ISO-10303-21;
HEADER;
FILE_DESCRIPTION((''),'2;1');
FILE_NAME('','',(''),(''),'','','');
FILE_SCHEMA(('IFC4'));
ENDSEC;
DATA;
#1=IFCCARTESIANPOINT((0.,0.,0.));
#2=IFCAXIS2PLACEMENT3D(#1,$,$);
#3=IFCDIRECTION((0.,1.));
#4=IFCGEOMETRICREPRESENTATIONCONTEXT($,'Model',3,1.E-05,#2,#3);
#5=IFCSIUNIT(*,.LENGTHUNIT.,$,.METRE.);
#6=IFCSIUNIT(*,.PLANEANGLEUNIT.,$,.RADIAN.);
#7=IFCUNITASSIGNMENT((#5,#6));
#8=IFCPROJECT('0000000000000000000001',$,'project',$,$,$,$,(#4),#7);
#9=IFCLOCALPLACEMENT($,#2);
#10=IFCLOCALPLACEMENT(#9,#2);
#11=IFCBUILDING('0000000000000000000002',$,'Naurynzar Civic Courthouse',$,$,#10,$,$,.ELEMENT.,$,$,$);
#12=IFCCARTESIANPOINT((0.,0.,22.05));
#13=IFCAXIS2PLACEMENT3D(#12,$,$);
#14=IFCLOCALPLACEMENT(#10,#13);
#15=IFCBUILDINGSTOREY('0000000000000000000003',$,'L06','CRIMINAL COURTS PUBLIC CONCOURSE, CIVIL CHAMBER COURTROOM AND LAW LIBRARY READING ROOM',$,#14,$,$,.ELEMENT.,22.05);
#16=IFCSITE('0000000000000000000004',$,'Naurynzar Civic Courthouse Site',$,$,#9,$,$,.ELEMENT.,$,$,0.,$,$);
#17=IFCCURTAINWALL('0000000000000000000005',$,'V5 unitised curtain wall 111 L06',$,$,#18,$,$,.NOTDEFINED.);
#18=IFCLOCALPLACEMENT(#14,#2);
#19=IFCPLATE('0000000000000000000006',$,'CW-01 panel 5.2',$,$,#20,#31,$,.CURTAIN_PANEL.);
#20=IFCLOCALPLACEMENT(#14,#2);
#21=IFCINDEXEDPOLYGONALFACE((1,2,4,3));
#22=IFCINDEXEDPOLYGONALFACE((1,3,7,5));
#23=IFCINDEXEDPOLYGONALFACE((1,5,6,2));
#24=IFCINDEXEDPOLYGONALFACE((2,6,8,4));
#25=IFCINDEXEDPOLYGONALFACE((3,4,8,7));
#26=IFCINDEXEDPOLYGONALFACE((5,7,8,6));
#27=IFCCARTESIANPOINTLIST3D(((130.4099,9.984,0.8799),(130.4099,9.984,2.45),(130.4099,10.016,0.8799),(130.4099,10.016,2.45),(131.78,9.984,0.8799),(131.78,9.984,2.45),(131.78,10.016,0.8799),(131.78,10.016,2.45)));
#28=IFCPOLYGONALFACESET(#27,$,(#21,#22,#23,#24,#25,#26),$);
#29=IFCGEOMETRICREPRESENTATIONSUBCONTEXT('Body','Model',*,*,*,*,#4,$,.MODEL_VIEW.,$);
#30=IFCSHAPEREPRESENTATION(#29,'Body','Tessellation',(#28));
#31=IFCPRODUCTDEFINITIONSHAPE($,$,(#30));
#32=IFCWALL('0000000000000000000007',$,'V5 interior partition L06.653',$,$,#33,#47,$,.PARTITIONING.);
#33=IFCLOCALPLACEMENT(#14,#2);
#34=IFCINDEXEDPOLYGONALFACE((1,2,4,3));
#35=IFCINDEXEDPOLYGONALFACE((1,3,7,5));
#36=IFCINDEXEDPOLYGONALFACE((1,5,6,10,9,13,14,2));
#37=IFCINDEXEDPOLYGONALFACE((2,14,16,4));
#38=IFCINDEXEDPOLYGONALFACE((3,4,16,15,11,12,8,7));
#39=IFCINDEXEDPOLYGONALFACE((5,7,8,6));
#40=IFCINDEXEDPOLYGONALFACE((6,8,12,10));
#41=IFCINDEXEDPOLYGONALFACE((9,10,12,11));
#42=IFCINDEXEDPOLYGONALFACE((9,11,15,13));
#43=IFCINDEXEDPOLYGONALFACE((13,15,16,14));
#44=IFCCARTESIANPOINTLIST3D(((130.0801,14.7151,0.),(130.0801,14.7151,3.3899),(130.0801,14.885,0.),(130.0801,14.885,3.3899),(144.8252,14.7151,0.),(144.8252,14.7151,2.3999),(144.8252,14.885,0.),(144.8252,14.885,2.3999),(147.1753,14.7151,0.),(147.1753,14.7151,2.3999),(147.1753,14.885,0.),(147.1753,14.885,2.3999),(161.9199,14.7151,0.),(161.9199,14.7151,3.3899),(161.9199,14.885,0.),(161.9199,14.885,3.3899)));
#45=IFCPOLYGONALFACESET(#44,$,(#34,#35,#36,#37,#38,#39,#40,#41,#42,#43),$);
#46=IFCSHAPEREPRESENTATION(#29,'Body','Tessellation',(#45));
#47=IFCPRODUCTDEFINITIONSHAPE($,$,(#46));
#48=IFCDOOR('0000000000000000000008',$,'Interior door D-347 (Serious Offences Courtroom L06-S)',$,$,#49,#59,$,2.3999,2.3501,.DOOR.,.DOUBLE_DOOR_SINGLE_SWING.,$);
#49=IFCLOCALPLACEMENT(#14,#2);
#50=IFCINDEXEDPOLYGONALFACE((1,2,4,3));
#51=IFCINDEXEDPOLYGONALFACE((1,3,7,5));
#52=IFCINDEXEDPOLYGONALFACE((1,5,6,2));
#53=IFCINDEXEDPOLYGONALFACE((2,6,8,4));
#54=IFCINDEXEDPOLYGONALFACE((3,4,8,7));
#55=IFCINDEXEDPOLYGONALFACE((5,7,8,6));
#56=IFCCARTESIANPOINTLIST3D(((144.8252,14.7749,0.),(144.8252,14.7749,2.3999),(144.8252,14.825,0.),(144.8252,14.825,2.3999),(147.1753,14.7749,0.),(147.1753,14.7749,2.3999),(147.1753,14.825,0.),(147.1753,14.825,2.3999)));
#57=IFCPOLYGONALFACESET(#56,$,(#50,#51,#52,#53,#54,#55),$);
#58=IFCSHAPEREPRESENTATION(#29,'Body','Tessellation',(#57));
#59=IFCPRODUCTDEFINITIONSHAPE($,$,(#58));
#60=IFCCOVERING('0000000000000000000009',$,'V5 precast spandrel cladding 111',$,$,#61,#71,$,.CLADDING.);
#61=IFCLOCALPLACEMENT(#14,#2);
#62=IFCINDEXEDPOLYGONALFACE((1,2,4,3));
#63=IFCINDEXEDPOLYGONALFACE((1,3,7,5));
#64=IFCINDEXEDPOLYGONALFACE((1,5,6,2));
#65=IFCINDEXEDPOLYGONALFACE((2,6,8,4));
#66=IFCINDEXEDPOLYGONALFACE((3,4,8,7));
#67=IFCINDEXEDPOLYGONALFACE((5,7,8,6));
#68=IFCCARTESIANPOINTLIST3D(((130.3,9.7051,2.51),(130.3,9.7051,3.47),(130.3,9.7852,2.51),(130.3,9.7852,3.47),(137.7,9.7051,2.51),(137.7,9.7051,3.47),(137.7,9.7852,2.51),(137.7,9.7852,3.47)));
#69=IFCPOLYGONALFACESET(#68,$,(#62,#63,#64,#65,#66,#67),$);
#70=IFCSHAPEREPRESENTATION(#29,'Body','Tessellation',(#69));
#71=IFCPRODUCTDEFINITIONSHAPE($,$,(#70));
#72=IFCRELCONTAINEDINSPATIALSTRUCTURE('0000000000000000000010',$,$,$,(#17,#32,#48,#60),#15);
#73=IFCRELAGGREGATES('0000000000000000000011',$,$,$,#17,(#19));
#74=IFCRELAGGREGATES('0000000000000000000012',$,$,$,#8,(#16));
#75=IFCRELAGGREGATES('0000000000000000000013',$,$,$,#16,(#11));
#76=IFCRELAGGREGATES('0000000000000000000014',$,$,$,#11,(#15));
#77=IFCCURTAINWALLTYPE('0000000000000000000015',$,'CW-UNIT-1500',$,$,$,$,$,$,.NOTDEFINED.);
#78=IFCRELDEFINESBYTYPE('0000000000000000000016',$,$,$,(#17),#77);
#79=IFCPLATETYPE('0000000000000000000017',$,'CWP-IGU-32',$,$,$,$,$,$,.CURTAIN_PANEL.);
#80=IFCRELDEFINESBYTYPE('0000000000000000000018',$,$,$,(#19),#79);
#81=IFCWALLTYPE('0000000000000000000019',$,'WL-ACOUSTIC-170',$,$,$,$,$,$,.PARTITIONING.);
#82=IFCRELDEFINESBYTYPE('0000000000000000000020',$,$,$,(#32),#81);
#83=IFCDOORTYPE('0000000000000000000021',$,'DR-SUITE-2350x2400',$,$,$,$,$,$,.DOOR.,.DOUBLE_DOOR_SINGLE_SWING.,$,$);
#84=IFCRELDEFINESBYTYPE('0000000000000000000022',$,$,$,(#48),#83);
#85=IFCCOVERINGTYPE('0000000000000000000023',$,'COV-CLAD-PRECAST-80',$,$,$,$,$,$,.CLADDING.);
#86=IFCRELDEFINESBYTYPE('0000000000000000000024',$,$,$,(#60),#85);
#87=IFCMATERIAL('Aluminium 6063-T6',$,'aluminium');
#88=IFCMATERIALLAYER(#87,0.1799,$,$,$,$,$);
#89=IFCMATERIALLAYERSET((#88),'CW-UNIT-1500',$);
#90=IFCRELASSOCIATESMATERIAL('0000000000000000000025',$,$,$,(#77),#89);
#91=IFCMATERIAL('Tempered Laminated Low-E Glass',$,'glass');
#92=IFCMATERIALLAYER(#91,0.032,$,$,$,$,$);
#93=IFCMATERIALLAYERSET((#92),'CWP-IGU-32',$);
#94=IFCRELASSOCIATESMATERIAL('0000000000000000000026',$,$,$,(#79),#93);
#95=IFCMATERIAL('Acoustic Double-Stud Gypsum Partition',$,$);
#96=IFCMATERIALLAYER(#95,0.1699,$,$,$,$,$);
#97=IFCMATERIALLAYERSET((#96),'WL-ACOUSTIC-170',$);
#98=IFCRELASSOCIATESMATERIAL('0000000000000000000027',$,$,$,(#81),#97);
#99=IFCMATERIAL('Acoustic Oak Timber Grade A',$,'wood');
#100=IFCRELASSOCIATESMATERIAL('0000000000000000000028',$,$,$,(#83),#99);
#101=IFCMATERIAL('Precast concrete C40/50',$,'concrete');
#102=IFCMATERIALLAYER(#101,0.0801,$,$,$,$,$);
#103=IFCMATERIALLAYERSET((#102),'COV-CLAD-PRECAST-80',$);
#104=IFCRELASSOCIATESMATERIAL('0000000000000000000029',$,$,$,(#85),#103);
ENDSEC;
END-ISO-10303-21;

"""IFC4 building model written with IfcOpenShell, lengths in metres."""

from ifc_helpers import new_model, si_unit, direction, frame, frame_2d, origin, origin_2d, place, context, subcontext, project, spatial, rectangle, extrude, material, layer, layer_set, type_object, element, fill, aggregate, save


model = new_model("IFC4")

# Units and contexts
model_context = context("Model", 3, precision=1e-05, world=origin(), true_north=direction((0.0, 1.0)))
body_context = subcontext(model_context, "Body", "Model", "MODEL_VIEW")
ifc_project = project(units=[si_unit("LENGTHUNIT", "METRE"), si_unit("PLANEANGLEUNIT", "RADIAN")], contexts=[model_context])

# Site, building, storey
site_placement = place(None, origin())
site = spatial("IfcSite", under=ifc_project, at=site_placement, Name="Naurynzar Civic Courthouse Site", CompositionType="ELEMENT", RefElevation=0.0)
building_placement = place(site_placement, origin())
building = spatial("IfcBuilding", under=site, at=building_placement, Name="Naurynzar Civic Courthouse", CompositionType="ELEMENT")
storey_placement = place(building_placement, frame((0.0, 0.0, 22.05)))
storey = spatial("IfcBuildingStorey", under=building, at=storey_placement, Name="L06", Description="CRIMINAL COURTS PUBLIC CONCOURSE, CIVIL CHAMBER COURTROOM AND LAW LIBRARY READING ROOM", CompositionType="ELEMENT", Elevation=22.05)

# Curtain wall
ifc_material_1 = material(Name="Aluminium 6063-T6", Category="aluminium")
ifc_layer_1 = layer(ifc_material_1, 0.1799)
ifc_layer_set_1 = layer_set([ifc_layer_1], Name="CW-UNIT-1500")
curtain_wall_type = type_object("IfcCurtainWallType", Name="CW-UNIT-1500", PredefinedType="NOTDEFINED", material=ifc_layer_set_1)
curtain_wall_1_placement = place(storey_placement, origin())
curtain_wall_1 = element("IfcCurtainWall", 1, at=curtain_wall_1_placement, inside=storey, type_object=curtain_wall_type, Name="V5 unitised curtain wall 111 L06", PredefinedType="NOTDEFINED")

# Plate
ifc_material_2 = material(Name="Tempered Laminated Low-E Glass", Category="glass")
ifc_layer_2 = layer(ifc_material_2, 0.032)
ifc_layer_set_2 = layer_set([ifc_layer_2], Name="CWP-IGU-32")
plate_type = type_object("IfcPlateType", Name="CWP-IGU-32", PredefinedType="CURTAIN_PANEL", material=ifc_layer_set_2)
plate_1_placement = place(storey_placement, frame((131.095, 10.0, 0.8799), z_axis=(0.0, 0.0, 1.0), x_axis=(-1.0, 0.0, 0.0)))
plate_1 = element("IfcPlate", 2, at=plate_1_placement, type_object=plate_type, Name="CW-01 panel 5.2", PredefinedType="CURTAIN_PANEL", context=body_context, shape_type="SweptSolid", body=[
    extrude(rectangle(XDim=1.3701, YDim=0.032, at=origin_2d()), origin(), (0.0, 0.0, 1.0), 1.5701),
])
aggregate(curtain_wall_1, [plate_1])

# Wall, opening, door
ifc_material_3 = material(Name="Acoustic Double-Stud Gypsum Partition")
ifc_layer_3 = layer(ifc_material_3, 0.1699)
ifc_layer_set_3 = layer_set([ifc_layer_3], Name="WL-ACOUSTIC-170")
wall_type = type_object("IfcWallType", Name="WL-ACOUSTIC-170", PredefinedType="PARTITIONING", material=ifc_layer_set_3)
wall_placement = place(storey_placement, frame((130.0801, 14.8, 0.0), z_axis=(0.0, 0.0, 1.0), x_axis=(1.0, 0.0, 0.0)))
wall = element("IfcWall", 3, at=wall_placement, inside=storey, type_object=wall_type, Name="V5 interior partition L06.653", PredefinedType="PARTITIONING", context=body_context, shape_type="SweptSolid", body=[
    extrude(rectangle(XDim=31.8398, YDim=0.1699, at=frame_2d((15.9199, 0.0))), origin(), (0.0, 0.0, 1.0), 3.3899),
])
opening_placement = place(wall_placement, frame((14.7451, 0.0, 0.0)))
opening = element("IfcOpeningElement", 4, at=opening_placement, cuts=wall, PredefinedType="OPENING", context=body_context, shape_type="SweptSolid", body=[
    extrude(rectangle(XDim=2.3501, YDim=2.3999, at=frame_2d((1.175, 1.2))), frame((0.0, 0.095, 0.0), z_axis=(0.0, -1.0, 0.0), x_axis=(1.0, 0.0, 0.0)), (0.0, 0.0, 1.0), 0.1899),
])
ifc_material_4 = material(Name="Acoustic Oak Timber Grade A", Category="wood")
door_type = type_object("IfcDoorType", Name="DR-SUITE-2350x2400", OperationType="DOUBLE_DOOR_SINGLE_SWING", PredefinedType="DOOR", material=ifc_material_4)
door_placement = place(opening_placement, origin())
door = element("IfcDoor", 5, at=door_placement, inside=storey, type_object=door_type, Name="Interior door D-347 (Serious Offences Courtroom L06-S)", OperationType="DOUBLE_DOOR_SINGLE_SWING", OverallHeight=2.3999, OverallWidth=2.3501, PredefinedType="DOOR", context=body_context, shape_type="SweptSolid", body=[
    extrude(rectangle(XDim=2.3501, YDim=2.3999, at=frame_2d((1.175, 1.2))), frame((0.0, 0.0249, 0.0), z_axis=(0.0, -1.0, 0.0), x_axis=(1.0, 0.0, 0.0)), (0.0, 0.0, 1.0), 0.05),
])
fill(opening, door)

# Covering
ifc_material_5 = material(Name="Precast concrete C40/50", Category="concrete")
ifc_layer_4 = layer(ifc_material_5, 0.0801)
ifc_layer_set_4 = layer_set([ifc_layer_4], Name="COV-CLAD-PRECAST-80")
covering_type = type_object("IfcCoveringType", Name="COV-CLAD-PRECAST-80", PredefinedType="CLADDING", material=ifc_layer_set_4)
covering_placement = place(storey_placement, frame((134.0, 9.7451, 2.51), z_axis=(0.0, 0.0, 1.0), x_axis=(-1.0, 0.0, 0.0)))
element("IfcCovering", 6, at=covering_placement, inside=storey, type_object=covering_type, Name="V5 precast spandrel cladding 111", PredefinedType="CLADDING", context=body_context, shape_type="SweptSolid", body=[
    extrude(rectangle(XDim=7.3999, YDim=0.0801, at=origin_2d()), origin(), (0.0, 0.0, 1.0), 0.96),
])

save(model, "model.ifc")
